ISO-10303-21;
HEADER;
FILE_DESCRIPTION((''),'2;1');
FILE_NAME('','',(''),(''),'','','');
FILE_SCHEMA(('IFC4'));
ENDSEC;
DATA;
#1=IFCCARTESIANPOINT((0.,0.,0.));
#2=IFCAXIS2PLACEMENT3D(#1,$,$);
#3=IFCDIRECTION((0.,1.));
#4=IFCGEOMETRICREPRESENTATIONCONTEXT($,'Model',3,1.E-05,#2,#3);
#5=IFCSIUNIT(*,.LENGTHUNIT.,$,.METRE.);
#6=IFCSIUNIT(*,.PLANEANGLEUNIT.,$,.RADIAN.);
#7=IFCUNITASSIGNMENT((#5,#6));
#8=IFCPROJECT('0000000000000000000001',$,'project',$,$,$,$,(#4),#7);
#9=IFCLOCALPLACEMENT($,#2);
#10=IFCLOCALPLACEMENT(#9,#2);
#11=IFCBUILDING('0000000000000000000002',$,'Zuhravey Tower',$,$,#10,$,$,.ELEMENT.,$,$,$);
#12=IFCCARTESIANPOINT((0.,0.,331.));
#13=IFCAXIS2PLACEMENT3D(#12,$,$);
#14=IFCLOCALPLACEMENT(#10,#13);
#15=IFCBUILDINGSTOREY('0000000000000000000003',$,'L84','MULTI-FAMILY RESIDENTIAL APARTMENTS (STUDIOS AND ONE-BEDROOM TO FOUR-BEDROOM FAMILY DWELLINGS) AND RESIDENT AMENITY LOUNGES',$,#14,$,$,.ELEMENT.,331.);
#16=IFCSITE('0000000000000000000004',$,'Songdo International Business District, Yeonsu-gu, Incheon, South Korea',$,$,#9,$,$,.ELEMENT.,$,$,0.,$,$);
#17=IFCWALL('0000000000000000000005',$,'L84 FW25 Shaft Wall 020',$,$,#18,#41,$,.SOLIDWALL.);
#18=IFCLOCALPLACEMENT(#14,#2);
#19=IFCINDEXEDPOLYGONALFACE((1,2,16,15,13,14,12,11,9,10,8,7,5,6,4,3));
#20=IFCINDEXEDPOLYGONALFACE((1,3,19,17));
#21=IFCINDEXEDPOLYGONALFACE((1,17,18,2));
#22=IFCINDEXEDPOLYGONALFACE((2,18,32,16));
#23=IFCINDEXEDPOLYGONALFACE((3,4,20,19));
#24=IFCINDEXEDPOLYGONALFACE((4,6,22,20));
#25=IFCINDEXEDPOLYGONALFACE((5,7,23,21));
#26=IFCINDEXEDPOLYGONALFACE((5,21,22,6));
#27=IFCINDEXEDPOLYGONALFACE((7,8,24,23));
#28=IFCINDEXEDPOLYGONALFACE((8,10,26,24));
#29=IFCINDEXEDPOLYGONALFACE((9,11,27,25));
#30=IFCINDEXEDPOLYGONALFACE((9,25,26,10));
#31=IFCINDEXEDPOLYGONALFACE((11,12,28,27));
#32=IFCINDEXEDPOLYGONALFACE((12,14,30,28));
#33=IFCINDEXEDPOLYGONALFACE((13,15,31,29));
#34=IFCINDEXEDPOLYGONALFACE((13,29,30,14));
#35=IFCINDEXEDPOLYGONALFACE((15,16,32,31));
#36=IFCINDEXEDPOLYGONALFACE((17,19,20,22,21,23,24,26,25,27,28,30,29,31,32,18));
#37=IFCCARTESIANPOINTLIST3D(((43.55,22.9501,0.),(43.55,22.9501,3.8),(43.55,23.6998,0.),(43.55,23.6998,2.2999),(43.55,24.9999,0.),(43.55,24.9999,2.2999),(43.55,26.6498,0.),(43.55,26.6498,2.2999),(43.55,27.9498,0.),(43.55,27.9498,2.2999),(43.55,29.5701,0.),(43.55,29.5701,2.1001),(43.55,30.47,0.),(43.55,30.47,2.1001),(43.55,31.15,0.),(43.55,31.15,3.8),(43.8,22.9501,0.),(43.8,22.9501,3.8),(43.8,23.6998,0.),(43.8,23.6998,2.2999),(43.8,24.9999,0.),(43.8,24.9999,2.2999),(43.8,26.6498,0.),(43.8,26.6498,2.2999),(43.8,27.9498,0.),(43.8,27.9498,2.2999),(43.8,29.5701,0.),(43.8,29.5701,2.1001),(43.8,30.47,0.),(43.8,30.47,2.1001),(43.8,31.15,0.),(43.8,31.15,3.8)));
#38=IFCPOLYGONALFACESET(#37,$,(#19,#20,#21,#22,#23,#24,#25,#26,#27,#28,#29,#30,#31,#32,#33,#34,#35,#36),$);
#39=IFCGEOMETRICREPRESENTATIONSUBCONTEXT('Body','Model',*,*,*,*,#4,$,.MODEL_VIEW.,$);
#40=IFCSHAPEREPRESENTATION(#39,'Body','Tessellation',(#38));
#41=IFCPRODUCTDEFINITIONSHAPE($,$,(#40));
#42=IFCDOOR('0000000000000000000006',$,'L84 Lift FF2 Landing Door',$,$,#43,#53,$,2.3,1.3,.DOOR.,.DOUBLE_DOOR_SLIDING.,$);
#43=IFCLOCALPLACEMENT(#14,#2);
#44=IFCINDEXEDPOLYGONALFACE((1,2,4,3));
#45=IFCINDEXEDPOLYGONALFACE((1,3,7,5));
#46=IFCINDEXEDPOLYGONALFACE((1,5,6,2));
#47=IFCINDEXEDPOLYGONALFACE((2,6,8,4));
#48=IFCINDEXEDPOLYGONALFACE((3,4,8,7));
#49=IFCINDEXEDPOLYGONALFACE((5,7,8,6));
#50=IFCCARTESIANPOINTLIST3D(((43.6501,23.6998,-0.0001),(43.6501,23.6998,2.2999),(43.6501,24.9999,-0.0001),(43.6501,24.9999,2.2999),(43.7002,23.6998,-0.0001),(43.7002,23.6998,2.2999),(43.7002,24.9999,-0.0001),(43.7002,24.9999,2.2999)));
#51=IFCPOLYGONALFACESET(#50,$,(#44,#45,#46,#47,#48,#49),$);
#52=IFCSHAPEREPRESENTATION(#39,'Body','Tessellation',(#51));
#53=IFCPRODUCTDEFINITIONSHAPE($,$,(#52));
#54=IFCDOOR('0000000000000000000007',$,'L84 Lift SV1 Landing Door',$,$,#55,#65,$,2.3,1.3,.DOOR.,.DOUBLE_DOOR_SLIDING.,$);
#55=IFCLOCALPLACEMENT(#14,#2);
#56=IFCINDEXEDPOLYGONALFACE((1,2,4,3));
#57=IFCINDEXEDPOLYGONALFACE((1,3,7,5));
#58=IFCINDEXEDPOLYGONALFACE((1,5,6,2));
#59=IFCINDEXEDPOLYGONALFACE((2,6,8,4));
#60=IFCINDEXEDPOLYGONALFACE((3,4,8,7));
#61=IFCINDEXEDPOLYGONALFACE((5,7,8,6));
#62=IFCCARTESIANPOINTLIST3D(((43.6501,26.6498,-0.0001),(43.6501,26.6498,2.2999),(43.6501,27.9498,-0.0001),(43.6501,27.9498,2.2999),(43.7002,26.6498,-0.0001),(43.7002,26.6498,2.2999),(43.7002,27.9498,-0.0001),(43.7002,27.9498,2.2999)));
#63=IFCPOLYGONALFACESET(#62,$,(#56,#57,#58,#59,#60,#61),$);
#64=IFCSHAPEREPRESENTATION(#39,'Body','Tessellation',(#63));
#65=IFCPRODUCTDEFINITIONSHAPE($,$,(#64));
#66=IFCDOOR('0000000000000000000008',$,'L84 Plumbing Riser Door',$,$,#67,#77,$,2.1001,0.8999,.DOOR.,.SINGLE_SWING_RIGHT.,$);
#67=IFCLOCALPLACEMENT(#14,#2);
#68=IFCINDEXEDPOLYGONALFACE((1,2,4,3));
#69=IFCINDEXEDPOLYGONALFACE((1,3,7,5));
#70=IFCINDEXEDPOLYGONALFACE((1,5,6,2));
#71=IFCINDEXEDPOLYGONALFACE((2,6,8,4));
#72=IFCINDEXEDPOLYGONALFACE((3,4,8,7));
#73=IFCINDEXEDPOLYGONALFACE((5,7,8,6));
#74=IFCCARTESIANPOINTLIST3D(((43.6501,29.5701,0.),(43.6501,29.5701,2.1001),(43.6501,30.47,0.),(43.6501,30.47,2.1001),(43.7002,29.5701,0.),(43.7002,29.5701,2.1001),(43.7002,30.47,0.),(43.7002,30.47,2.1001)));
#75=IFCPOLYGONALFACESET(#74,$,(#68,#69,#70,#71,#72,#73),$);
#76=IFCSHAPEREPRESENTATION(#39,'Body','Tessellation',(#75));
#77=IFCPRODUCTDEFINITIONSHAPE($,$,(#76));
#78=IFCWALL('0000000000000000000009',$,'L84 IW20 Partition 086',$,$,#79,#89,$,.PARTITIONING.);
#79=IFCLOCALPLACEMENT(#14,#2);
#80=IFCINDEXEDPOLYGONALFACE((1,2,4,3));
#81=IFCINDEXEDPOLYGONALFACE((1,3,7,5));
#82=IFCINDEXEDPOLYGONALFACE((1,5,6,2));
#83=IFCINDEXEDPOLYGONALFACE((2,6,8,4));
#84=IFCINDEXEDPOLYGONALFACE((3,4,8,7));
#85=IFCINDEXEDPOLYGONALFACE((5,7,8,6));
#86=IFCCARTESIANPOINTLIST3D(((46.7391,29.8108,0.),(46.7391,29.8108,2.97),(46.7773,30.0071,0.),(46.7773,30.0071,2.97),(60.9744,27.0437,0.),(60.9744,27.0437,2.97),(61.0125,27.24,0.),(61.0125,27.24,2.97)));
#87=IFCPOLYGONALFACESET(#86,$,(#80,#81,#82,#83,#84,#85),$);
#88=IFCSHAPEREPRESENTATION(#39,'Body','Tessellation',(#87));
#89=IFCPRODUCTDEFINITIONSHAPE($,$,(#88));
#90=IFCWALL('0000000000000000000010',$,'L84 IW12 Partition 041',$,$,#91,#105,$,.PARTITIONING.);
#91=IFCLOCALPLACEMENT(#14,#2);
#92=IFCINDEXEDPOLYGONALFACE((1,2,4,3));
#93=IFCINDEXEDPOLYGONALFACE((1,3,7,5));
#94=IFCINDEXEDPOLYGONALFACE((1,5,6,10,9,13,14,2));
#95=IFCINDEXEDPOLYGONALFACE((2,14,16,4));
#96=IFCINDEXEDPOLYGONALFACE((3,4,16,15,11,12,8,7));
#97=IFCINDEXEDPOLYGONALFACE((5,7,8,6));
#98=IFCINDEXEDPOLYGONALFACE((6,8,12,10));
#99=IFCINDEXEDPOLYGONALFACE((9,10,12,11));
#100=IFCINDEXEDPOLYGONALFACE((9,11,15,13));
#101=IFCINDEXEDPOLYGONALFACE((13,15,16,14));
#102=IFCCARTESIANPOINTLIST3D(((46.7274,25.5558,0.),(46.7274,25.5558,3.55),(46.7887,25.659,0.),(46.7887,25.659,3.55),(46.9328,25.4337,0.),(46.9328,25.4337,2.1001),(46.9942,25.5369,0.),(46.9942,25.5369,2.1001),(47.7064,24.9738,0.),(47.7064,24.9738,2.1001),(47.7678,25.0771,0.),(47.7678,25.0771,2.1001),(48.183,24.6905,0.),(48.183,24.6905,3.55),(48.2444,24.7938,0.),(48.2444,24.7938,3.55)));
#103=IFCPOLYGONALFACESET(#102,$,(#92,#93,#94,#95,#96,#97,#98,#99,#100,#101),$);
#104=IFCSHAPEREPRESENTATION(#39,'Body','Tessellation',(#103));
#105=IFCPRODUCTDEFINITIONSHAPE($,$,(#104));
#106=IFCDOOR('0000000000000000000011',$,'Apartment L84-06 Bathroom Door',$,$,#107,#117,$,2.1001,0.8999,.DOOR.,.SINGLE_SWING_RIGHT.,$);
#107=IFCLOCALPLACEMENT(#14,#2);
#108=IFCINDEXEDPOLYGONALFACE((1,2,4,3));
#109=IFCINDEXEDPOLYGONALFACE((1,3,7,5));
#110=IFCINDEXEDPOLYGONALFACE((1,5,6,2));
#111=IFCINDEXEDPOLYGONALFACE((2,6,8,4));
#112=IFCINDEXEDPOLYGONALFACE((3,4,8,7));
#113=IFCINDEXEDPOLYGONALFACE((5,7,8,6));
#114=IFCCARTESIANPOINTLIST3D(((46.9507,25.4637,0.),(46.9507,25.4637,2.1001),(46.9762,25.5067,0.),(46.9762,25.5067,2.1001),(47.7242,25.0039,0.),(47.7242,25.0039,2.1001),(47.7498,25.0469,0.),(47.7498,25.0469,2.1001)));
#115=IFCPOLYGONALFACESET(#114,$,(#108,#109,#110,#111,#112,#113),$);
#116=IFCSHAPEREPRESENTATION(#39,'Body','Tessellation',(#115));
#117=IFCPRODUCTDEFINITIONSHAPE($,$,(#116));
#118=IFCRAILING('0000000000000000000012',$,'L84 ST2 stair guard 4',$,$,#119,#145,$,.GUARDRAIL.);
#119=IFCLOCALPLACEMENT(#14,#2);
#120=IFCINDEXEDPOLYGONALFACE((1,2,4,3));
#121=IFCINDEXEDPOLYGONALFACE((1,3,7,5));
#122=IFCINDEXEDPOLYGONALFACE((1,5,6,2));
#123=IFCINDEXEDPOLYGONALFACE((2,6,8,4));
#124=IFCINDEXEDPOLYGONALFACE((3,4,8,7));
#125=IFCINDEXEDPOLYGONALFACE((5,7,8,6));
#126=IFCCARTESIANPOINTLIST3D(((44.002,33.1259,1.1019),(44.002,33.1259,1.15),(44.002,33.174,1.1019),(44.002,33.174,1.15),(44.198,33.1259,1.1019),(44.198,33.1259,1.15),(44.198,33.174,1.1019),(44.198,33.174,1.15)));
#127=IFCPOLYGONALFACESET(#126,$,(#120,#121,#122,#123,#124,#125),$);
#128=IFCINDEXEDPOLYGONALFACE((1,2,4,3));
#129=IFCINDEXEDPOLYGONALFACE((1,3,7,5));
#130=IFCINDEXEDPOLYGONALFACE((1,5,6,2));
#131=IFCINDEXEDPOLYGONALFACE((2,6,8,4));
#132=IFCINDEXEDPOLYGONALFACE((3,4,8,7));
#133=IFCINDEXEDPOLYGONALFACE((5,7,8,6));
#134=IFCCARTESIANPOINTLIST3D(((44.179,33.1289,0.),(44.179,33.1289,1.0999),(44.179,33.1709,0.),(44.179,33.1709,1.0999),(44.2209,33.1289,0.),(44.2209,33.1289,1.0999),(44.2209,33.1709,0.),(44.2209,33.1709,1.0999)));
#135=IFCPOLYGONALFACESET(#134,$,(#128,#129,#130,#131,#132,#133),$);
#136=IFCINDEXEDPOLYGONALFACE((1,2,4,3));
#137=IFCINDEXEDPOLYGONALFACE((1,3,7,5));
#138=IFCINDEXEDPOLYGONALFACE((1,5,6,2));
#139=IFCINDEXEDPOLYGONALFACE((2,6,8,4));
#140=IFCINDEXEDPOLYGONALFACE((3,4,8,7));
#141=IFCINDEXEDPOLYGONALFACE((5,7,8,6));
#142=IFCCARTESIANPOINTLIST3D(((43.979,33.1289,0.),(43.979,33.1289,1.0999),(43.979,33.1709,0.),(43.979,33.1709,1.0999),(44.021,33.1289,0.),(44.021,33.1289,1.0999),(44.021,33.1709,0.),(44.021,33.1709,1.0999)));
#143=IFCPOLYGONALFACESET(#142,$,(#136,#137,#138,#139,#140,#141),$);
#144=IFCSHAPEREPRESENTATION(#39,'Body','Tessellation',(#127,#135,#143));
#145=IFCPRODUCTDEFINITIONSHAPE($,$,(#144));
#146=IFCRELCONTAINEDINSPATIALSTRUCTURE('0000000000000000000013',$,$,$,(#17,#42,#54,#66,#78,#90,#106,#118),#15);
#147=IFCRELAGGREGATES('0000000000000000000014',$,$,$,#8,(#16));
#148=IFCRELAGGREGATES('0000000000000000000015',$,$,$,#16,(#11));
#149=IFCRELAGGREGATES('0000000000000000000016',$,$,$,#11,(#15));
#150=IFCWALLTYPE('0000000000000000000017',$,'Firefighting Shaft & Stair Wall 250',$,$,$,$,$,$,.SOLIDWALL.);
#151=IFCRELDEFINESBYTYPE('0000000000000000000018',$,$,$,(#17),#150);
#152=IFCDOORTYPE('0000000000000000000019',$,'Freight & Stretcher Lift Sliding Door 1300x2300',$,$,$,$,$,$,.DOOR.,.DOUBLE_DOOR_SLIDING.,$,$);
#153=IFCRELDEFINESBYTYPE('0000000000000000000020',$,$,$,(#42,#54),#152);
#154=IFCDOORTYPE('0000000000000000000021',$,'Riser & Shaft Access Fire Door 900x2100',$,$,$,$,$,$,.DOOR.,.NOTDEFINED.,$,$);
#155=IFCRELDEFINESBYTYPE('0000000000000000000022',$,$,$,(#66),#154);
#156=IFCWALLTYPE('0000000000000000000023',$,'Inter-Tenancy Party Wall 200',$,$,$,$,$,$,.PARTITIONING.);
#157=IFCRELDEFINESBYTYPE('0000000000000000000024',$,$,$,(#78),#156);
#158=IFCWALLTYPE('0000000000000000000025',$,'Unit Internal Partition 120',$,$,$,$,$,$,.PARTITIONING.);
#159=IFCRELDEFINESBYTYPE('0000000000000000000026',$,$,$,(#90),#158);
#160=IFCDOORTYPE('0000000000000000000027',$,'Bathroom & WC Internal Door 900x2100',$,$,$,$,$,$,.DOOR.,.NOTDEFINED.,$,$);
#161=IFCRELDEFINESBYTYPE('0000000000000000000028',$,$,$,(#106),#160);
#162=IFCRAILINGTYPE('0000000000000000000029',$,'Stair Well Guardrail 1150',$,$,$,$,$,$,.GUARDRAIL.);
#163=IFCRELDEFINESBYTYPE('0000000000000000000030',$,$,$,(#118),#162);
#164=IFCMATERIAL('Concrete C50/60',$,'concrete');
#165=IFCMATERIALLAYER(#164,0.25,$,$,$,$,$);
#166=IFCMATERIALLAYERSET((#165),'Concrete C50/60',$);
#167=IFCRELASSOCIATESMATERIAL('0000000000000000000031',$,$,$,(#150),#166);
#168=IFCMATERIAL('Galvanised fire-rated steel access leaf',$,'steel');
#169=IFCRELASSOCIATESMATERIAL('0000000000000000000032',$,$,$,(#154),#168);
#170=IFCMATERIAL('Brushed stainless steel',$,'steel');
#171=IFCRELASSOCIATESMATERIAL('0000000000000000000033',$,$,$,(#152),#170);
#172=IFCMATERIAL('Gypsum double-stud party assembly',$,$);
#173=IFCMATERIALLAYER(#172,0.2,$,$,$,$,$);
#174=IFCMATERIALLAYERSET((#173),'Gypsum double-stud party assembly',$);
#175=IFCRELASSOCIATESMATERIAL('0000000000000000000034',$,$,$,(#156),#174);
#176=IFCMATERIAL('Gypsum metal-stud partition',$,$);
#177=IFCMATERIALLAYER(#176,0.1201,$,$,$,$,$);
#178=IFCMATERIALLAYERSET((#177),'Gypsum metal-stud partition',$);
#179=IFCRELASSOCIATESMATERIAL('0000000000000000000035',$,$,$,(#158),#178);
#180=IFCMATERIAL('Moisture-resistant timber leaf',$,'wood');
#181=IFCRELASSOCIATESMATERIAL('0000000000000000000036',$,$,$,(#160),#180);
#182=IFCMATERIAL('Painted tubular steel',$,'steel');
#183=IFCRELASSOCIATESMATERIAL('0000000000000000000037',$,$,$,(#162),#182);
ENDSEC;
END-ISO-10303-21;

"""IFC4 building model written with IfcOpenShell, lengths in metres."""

from ifc_helpers import new_model, si_unit, direction, frame, frame_2d, origin, origin_2d, place, context, subcontext, project, spatial, rectangle, extrude, material, layer, layer_set, type_object, element, fill, save


model = new_model("IFC4")

# Units and contexts
model_context = context("Model", 3, precision=1e-05, world=origin(), true_north=direction((0.0, 1.0)))
body_context = subcontext(model_context, "Body", "Model", "MODEL_VIEW")
ifc_project = project(units=[si_unit("LENGTHUNIT", "METRE"), si_unit("PLANEANGLEUNIT", "RADIAN")], contexts=[model_context])

# Site, building, storey
site_placement = place(None, origin())
site = spatial("IfcSite", under=ifc_project, at=site_placement, Name="Songdo International Business District, Yeonsu-gu, Incheon, South Korea", CompositionType="ELEMENT", RefElevation=0.0)
building_placement = place(site_placement, origin())
building = spatial("IfcBuilding", under=site, at=building_placement, Name="Zuhravey Tower", CompositionType="ELEMENT")
storey_placement = place(building_placement, frame((0.0, 0.0, 331.0)))
storey = spatial("IfcBuildingStorey", under=building, at=storey_placement, Name="L84", Description="MULTI-FAMILY RESIDENTIAL APARTMENTS (STUDIOS AND ONE-BEDROOM TO FOUR-BEDROOM FAMILY DWELLINGS) AND RESIDENT AMENITY LOUNGES", CompositionType="ELEMENT", Elevation=331.0)

# Shared definitions
ifc_material_1 = material(Name="Concrete C50/60", Category="concrete")
ifc_layer_1 = layer(ifc_material_1, 0.25)
ifc_layer_set_1 = layer_set([ifc_layer_1], Name="Concrete C50/60")
wall_type_1 = type_object("IfcWallType", Name="Firefighting Shaft & Stair Wall 250", PredefinedType="SOLIDWALL", material=ifc_layer_set_1)

# Shared definitions
ifc_material_2 = material(Name="Galvanised fire-rated steel access leaf", Category="steel")
door_type_1 = type_object("IfcDoorType", Name="Riser & Shaft Access Fire Door 900x2100", OperationType="NOTDEFINED", PredefinedType="DOOR", material=ifc_material_2)
ifc_material_3 = material(Name="Brushed stainless steel", Category="steel")

# Wall, openings, doors
wall_1_placement = place(storey_placement, frame((43.675, 22.95, 0.0), z_axis=(0.0, 0.0, 1.0), x_axis=(0.0, 1.0, 0.0)))
wall_1 = element("IfcWall", 1, at=wall_1_placement, inside=storey, type_object=wall_type_1, Name="L84 FW25 Shaft Wall 020", PredefinedType="SOLIDWALL", context=body_context, shape_type="SweptSolid", body=[
    extrude(rectangle(XDim=8.2, YDim=0.25, at=frame_2d((4.1001, 0.0))), origin(), (0.0, 0.0, 1.0), 3.8),
])
opening_1_placement = place(wall_1_placement, frame((0.75, 0.0, 0.0)))
opening_1 = element("IfcOpeningElement", 2, at=opening_1_placement, cuts=wall_1, PredefinedType="OPENING", context=body_context, shape_type="SweptSolid", body=[
    extrude(rectangle(XDim=1.3, YDim=2.3, at=frame_2d((0.6499, 1.1499))), frame((0.0, 0.137, 0.0), z_axis=(0.0, -1.0, 0.0), x_axis=(1.0, 0.0, 0.0)), (0.0, 0.0, 1.0), 0.2739),
])
opening_2_placement = place(wall_1_placement, frame((3.7, 0.0, 0.0)))
opening_2 = element("IfcOpeningElement", 3, at=opening_2_placement, cuts=wall_1, PredefinedType="OPENING", context=body_context, shape_type="SweptSolid", body=[
    extrude(rectangle(XDim=1.3, YDim=2.3, at=frame_2d((0.6499, 1.1499))), frame((0.0, 0.137, 0.0), z_axis=(0.0, -1.0, 0.0), x_axis=(1.0, 0.0, 0.0)), (0.0, 0.0, 1.0), 0.2739),
])
opening_3_placement = place(wall_1_placement, frame((6.6201, 0.0, 0.0)))
opening_3 = element("IfcOpeningElement", 4, at=opening_3_placement, cuts=wall_1, PredefinedType="OPENING", context=body_context, shape_type="SweptSolid", body=[
    extrude(rectangle(XDim=0.8999, YDim=2.1001, at=frame_2d((0.45, 1.05))), frame((0.0, 0.137, 0.0), z_axis=(0.0, -1.0, 0.0), x_axis=(1.0, 0.0, 0.0)), (0.0, 0.0, 1.0), 0.2739),
])
door_type_2 = type_object("IfcDoorType", Name="Freight & Stretcher Lift Sliding Door 1300x2300", OperationType="DOUBLE_DOOR_SLIDING", PredefinedType="DOOR", material=ifc_material_3)
door_1_placement = place(opening_1_placement, origin())
door_1 = element("IfcDoor", 5, at=door_1_placement, inside=storey, type_object=door_type_2, Name="L84 Lift FF2 Landing Door", OperationType="DOUBLE_DOOR_SLIDING", OverallHeight=2.3, OverallWidth=1.3, PredefinedType="DOOR", context=body_context, shape_type="SweptSolid", body=[
    extrude(rectangle(XDim=1.3, YDim=2.3, at=frame_2d((0.6499, 1.1499))), frame((0.0, 0.0249, 0.0), z_axis=(0.0, -1.0, 0.0), x_axis=(1.0, 0.0, 0.0)), (0.0, 0.0, 1.0), 0.05),
])
fill(opening_1, door_1)
door_2_placement = place(opening_2_placement, origin())
door_2 = element("IfcDoor", 6, at=door_2_placement, inside=storey, type_object=door_type_2, Name="L84 Lift SV1 Landing Door", OperationType="DOUBLE_DOOR_SLIDING", OverallHeight=2.3, OverallWidth=1.3, PredefinedType="DOOR", context=body_context, shape_type="SweptSolid", body=[
    extrude(rectangle(XDim=1.3, YDim=2.3, at=frame_2d((0.6499, 1.1499))), frame((0.0, 0.0249, 0.0), z_axis=(0.0, -1.0, 0.0), x_axis=(1.0, 0.0, 0.0)), (0.0, 0.0, 1.0), 0.05),
])
fill(opening_2, door_2)
door_3_placement = place(opening_3_placement, origin())
door_3 = element("IfcDoor", 7, at=door_3_placement, inside=storey, type_object=door_type_1, Name="L84 Plumbing Riser Door", OperationType="SINGLE_SWING_RIGHT", OverallHeight=2.1001, OverallWidth=0.8999, PredefinedType="DOOR", context=body_context, shape_type="SweptSolid", body=[
    extrude(rectangle(XDim=0.8999, YDim=2.1001, at=frame_2d((0.45, 1.05))), frame((0.0, 0.0249, 0.0), z_axis=(0.0, -1.0, 0.0), x_axis=(1.0, 0.0, 0.0)), (0.0, 0.0, 1.0), 0.05),
])
fill(opening_3, door_3)

# Wall
ifc_material_4 = material(Name="Gypsum double-stud party assembly")
ifc_layer_2 = layer(ifc_material_4, 0.2)
ifc_layer_set_2 = layer_set([ifc_layer_2], Name="Gypsum double-stud party assembly")
wall_type_2 = type_object("IfcWallType", Name="Inter-Tenancy Party Wall 200", PredefinedType="PARTITIONING", material=ifc_layer_set_2)
wall_2_placement = place(storey_placement, frame((46.7581, 29.9089, 0.0), z_axis=(0.0, 0.0, 1.0), x_axis=(0.981627, -0.19081, 0.0)))
element("IfcWall", 8, at=wall_2_placement, inside=storey, type_object=wall_type_2, Name="L84 IW20 Partition 086", PredefinedType="PARTITIONING", context=body_context, shape_type="SweptSolid", body=[
    extrude(rectangle(XDim=14.5017, YDim=0.2, at=frame_2d((7.251, 0.0))), origin(), (0.0, 0.0, 1.0), 2.97),
])

# Wall, opening, door
ifc_material_5 = material(Name="Gypsum metal-stud partition")
ifc_layer_3 = layer(ifc_material_5, 0.1201)
ifc_layer_set_3 = layer_set([ifc_layer_3], Name="Gypsum metal-stud partition")
wall_type_3 = type_object("IfcWallType", Name="Unit Internal Partition 120", PredefinedType="PARTITIONING", material=ifc_layer_set_3)
wall_3_placement = place(storey_placement, frame((46.7581, 25.6074, 0.0), z_axis=(0.0, 0.0, 1.0), x_axis=(0.859598, -0.510972, 0.0)))
wall_3 = element("IfcWall", 9, at=wall_3_placement, inside=storey, type_object=wall_type_3, Name="L84 IW12 Partition 041", PredefinedType="PARTITIONING", context=body_context, shape_type="SweptSolid", body=[
    extrude(rectangle(XDim=1.6934, YDim=0.1201, at=frame_2d((0.8467, 0.0))), origin(), (0.0, 0.0, 1.0), 3.55),
])
opening_4_placement = place(wall_3_placement, frame((0.239, 0.0, 0.0)))
opening_4 = element("IfcOpeningElement", 10, at=opening_4_placement, cuts=wall_3, PredefinedType="OPENING", context=body_context, shape_type="SweptSolid", body=[
    extrude(rectangle(XDim=0.8999, YDim=2.1001, at=frame_2d((0.45, 1.05))), frame((0.0, 0.072, 0.0), z_axis=(0.0, -1.0, 0.0), x_axis=(1.0, 0.0, 0.0)), (0.0, 0.0, 1.0), 0.144),
])
ifc_material_6 = material(Name="Moisture-resistant timber leaf", Category="wood")
door_type_3 = type_object("IfcDoorType", Name="Bathroom & WC Internal Door 900x2100", OperationType="NOTDEFINED", PredefinedType="DOOR", material=ifc_material_6)
door_4_placement = place(opening_4_placement, origin())
door_4 = element("IfcDoor", 11, at=door_4_placement, inside=storey, type_object=door_type_3, Name="Apartment L84-06 Bathroom Door", OperationType="SINGLE_SWING_RIGHT", OverallHeight=2.1001, OverallWidth=0.8999, PredefinedType="DOOR", context=body_context, shape_type="SweptSolid", body=[
    extrude(rectangle(XDim=0.8999, YDim=2.1001, at=frame_2d((0.45, 1.05))), frame((0.0, 0.0249, 0.0), z_axis=(0.0, -1.0, 0.0), x_axis=(1.0, 0.0, 0.0)), (0.0, 0.0, 1.0), 0.05),
])
fill(opening_4, door_4)

# Railing
ifc_material_7 = material(Name="Painted tubular steel", Category="steel")
railing_type = type_object("IfcRailingType", Name="Stair Well Guardrail 1150", PredefinedType="GUARDRAIL", material=ifc_material_7)
railing_placement = place(storey_placement, frame((44.2, 33.1499, 0.0)))
element("IfcRailing", 12, at=railing_placement, inside=storey, type_object=railing_type, Name="L84 ST2 stair guard 4", PredefinedType="GUARDRAIL", context=body_context, shape_type="SweptSolid", body=[
    extrude(rectangle(XDim=0.0481, YDim=0.0481, at=origin_2d()), frame((-0.002, 0.0, 1.126), z_axis=(-1.0, 0.0, 0.0), x_axis=(0.0, -1.0, 0.0)), (0.0, 0.0, 1.0), 0.196),
    extrude(rectangle(XDim=0.042, YDim=0.042, at=origin_2d()), origin(), (0.0, 0.0, 1.0), 1.0999),
    extrude(rectangle(XDim=0.042, YDim=0.042, at=origin_2d()), frame((-0.2, 0.0, 0.0)), (0.0, 0.0, 1.0), 1.0999),
])

save(model, "model.ifc")
